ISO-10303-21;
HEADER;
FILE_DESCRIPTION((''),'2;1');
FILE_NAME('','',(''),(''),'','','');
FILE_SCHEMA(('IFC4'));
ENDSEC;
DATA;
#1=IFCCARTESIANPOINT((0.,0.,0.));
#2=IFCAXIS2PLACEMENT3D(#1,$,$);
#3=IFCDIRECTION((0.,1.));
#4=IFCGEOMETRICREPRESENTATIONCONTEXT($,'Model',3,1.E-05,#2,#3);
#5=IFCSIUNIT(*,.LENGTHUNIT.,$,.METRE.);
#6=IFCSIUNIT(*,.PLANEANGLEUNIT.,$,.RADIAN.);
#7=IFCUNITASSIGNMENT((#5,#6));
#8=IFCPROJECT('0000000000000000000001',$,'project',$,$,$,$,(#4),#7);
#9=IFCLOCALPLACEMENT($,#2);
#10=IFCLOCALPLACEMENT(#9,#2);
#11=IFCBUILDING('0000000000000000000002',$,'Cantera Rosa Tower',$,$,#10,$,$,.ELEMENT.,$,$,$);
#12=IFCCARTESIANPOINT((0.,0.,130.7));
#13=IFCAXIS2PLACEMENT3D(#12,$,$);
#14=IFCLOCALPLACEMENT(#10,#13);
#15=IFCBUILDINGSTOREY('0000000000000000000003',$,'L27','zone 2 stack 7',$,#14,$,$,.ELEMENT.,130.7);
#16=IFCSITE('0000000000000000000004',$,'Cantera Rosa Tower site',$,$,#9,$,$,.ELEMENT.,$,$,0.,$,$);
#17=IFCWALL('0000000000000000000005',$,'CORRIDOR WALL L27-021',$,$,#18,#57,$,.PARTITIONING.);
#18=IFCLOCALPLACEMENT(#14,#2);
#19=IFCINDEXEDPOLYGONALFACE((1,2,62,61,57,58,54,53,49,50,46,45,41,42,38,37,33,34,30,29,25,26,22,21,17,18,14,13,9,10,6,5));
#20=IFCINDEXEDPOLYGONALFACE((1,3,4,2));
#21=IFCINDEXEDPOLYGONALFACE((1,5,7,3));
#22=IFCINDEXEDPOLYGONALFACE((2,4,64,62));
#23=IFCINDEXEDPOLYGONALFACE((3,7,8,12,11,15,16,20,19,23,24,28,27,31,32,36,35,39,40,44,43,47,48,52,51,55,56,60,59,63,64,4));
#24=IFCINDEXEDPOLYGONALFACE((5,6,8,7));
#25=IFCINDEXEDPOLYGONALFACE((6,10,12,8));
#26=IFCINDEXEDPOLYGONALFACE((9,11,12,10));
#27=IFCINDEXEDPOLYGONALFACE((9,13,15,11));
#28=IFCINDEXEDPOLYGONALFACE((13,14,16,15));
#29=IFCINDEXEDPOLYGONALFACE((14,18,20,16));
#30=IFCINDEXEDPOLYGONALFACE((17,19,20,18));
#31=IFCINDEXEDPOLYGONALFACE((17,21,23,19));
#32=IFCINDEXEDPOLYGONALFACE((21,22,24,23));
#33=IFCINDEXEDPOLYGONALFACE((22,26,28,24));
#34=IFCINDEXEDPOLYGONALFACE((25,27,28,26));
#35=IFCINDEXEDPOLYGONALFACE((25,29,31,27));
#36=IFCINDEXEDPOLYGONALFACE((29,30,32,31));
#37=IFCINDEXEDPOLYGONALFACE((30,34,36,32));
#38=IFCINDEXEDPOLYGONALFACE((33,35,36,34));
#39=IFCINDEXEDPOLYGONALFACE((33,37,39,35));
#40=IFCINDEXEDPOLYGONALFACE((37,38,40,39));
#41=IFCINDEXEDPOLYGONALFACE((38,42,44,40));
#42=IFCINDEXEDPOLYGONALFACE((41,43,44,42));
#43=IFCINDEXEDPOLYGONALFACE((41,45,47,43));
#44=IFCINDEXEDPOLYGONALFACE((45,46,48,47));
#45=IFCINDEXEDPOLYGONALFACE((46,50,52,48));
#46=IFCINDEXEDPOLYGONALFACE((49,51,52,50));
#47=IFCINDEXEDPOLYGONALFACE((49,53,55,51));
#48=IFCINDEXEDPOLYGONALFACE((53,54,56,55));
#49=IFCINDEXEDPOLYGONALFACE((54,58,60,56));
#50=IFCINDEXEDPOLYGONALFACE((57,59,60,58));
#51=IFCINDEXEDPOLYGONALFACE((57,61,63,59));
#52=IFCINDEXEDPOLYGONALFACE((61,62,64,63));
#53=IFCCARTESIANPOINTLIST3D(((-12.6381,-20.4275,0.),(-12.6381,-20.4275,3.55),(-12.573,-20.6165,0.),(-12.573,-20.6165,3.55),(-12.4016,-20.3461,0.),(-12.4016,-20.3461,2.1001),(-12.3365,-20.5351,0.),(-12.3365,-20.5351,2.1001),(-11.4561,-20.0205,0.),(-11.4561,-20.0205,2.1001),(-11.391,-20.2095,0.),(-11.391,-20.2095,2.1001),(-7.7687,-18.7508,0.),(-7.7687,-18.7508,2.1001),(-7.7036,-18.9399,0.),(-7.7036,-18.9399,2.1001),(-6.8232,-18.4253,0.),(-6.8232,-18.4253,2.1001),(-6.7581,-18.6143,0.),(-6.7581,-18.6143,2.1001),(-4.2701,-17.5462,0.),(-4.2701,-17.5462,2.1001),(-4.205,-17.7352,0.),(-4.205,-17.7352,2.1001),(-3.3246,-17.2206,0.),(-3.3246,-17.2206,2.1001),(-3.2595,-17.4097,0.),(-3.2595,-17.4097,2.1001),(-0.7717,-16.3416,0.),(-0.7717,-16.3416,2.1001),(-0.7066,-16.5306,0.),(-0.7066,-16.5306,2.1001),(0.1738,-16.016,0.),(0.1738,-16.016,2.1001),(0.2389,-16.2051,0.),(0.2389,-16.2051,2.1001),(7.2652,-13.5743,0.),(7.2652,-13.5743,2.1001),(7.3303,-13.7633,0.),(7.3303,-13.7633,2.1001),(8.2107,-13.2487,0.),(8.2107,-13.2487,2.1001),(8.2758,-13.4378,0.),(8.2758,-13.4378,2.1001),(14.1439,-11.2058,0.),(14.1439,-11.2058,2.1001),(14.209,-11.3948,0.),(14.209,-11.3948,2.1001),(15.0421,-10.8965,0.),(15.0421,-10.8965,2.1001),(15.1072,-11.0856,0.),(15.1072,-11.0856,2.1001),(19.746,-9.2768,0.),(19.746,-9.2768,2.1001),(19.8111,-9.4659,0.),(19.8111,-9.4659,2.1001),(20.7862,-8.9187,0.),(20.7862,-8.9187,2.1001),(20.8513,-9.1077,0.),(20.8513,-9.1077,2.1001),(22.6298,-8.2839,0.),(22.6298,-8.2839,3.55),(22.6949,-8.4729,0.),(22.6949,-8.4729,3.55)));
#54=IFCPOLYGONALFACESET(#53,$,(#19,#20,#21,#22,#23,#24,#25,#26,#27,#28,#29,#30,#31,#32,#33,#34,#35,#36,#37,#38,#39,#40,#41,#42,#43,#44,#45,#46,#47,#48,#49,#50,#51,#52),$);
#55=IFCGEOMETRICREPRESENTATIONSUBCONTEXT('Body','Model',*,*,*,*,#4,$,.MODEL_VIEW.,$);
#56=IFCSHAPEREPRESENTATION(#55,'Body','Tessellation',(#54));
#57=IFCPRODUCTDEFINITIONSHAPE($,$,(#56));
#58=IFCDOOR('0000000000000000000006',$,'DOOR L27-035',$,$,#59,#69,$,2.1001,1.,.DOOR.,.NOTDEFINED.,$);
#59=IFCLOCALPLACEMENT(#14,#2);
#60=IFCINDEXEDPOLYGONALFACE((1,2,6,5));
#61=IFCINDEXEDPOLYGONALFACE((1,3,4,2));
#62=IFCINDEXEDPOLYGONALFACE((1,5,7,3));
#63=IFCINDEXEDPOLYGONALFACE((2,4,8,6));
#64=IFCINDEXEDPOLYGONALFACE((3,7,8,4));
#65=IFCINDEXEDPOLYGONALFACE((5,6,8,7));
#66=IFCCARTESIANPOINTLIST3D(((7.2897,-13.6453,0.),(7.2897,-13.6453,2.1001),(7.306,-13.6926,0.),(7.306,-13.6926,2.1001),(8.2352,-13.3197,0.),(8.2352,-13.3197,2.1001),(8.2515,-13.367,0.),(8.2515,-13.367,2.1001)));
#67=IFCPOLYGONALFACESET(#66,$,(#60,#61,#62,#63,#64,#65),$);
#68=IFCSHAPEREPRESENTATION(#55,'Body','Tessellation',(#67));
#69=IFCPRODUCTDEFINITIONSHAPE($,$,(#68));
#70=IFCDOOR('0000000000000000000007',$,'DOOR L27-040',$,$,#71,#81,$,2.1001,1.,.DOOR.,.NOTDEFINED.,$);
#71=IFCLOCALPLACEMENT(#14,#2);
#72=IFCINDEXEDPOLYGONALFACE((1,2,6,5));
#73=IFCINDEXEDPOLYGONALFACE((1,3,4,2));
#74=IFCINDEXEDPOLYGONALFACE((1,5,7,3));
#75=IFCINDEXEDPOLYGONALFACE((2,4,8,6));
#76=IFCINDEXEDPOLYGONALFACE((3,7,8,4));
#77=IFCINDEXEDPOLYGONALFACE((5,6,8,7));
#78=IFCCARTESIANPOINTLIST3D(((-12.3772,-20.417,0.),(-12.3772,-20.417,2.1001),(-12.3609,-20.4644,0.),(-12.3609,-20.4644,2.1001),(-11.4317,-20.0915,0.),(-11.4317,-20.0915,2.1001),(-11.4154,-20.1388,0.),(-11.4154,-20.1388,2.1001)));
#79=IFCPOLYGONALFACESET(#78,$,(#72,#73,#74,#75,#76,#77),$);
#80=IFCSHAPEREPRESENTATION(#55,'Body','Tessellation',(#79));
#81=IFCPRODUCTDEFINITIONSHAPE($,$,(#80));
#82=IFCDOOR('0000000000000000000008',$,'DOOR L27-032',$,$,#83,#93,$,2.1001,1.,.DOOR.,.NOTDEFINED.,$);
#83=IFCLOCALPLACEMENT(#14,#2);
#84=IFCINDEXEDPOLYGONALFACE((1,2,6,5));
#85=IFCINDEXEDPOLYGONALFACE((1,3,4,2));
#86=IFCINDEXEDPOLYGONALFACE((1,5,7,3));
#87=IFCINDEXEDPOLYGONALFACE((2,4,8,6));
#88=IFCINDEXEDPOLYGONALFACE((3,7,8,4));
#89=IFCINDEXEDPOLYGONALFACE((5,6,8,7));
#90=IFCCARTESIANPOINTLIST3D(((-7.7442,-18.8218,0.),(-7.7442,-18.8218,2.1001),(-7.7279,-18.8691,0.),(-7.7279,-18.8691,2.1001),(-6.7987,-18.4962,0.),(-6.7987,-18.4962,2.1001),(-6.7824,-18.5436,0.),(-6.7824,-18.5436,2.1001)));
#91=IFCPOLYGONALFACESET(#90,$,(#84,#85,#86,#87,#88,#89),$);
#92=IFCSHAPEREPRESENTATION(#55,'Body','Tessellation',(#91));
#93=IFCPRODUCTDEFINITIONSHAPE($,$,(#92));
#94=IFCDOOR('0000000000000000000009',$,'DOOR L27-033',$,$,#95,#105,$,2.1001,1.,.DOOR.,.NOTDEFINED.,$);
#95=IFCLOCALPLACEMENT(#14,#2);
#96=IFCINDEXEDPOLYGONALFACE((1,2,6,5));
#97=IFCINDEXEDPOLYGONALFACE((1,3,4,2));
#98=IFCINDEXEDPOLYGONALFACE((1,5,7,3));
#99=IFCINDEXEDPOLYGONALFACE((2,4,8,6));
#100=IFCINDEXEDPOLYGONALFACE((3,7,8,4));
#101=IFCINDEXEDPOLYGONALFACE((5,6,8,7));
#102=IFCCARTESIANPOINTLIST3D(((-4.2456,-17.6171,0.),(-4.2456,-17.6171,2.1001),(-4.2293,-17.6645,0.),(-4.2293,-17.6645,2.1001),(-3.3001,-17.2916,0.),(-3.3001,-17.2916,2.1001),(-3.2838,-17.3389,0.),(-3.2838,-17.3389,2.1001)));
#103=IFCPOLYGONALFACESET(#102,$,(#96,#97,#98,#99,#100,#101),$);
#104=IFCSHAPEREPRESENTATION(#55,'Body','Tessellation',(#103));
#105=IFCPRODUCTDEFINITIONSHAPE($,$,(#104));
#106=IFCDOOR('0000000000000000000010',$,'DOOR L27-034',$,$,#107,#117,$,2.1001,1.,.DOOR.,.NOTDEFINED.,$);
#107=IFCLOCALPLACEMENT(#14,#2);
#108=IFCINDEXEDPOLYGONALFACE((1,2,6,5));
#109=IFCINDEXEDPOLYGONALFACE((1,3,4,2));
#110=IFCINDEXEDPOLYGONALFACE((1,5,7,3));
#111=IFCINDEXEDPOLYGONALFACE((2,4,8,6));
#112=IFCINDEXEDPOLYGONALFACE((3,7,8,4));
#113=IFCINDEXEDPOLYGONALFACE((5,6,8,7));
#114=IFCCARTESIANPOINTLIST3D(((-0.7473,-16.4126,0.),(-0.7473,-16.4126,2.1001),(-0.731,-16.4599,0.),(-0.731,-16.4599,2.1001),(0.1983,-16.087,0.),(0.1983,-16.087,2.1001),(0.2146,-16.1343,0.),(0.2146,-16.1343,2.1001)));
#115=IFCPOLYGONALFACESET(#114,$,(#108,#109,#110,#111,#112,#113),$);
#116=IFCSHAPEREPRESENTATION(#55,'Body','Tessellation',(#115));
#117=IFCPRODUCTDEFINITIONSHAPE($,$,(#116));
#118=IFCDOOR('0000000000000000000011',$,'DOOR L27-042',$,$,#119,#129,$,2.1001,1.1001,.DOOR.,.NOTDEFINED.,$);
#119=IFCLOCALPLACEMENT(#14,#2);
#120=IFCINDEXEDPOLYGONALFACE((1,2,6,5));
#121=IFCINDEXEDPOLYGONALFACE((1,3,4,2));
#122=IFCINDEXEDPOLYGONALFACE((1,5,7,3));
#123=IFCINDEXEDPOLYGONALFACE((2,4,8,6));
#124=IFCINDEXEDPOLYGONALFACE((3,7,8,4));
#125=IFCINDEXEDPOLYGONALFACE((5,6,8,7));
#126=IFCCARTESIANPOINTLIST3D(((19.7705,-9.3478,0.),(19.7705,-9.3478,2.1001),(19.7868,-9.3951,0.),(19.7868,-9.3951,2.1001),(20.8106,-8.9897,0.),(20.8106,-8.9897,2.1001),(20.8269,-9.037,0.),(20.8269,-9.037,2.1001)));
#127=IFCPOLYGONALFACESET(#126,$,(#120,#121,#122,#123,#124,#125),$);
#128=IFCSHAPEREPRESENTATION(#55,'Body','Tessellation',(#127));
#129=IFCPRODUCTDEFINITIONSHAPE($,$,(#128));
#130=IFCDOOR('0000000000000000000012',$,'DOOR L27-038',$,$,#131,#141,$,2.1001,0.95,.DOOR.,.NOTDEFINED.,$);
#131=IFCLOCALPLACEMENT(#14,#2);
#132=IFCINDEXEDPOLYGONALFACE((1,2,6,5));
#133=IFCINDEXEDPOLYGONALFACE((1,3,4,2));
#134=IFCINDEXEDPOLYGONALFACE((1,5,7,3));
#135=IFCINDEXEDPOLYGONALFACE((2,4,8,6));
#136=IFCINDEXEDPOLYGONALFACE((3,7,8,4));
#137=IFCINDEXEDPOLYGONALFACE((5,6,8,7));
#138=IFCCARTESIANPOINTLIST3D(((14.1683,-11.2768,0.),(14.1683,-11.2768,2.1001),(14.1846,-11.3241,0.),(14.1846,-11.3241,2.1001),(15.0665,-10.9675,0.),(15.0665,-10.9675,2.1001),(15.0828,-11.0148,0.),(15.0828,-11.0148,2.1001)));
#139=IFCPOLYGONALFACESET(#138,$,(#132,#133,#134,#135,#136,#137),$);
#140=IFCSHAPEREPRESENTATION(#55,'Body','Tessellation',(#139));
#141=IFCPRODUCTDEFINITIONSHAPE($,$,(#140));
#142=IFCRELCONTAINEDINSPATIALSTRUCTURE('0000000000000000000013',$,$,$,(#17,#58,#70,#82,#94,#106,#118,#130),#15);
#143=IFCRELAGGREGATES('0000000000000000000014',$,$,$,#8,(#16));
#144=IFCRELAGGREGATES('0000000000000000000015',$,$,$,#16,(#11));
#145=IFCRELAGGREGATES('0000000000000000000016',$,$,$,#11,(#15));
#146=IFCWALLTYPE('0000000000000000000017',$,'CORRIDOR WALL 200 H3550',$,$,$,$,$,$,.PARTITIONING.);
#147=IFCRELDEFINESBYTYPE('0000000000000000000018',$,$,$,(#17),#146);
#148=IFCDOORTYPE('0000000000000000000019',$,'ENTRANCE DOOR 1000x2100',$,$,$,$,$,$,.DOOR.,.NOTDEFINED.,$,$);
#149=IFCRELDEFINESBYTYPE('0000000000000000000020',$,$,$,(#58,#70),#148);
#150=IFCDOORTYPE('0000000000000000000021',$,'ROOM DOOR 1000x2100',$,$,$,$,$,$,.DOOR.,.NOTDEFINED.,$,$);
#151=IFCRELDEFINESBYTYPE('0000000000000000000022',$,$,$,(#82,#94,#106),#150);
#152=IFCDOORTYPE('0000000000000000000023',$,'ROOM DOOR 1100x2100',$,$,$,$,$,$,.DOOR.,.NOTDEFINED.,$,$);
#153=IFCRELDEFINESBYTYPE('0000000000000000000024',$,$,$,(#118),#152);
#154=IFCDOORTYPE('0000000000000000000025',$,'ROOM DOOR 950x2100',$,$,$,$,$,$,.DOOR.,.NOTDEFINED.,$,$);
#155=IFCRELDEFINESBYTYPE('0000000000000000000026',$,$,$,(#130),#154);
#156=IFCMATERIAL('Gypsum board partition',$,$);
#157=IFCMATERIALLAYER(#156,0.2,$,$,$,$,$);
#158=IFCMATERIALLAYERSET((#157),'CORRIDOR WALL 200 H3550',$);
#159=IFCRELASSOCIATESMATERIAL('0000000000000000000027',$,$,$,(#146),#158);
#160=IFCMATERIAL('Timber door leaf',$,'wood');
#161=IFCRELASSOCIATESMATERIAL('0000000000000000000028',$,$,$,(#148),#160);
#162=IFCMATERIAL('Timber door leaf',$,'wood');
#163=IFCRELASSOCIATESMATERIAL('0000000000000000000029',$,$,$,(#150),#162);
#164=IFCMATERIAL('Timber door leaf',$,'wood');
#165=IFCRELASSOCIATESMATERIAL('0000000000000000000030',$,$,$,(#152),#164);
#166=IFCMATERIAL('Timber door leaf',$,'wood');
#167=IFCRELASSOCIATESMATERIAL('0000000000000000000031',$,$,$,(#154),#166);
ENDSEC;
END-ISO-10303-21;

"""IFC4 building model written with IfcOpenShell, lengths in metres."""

from ifc_helpers import new_model, si_unit, direction, frame, frame_2d, origin, place, context, subcontext, project, spatial, rectangle, extrude, material, layer, layer_set, type_object, element, fill, save


model = new_model("IFC4")

# Units and contexts
model_context = context("Model", 3, precision=1e-05, world=origin(), true_north=direction((0.0, 1.0)))
body_context = subcontext(model_context, "Body", "Model", "MODEL_VIEW")
ifc_project = project(units=[si_unit("LENGTHUNIT", "METRE"), si_unit("PLANEANGLEUNIT", "RADIAN")], contexts=[model_context])

# Site, building, storey
site_placement = place(None, origin())
site = spatial("IfcSite", under=ifc_project, at=site_placement, Name="Cantera Rosa Tower site", CompositionType="ELEMENT", RefElevation=0.0)
building_placement = place(site_placement, origin())
building = spatial("IfcBuilding", under=site, at=building_placement, Name="Cantera Rosa Tower", CompositionType="ELEMENT")
storey_placement = place(building_placement, frame((0.0, 0.0, 130.7)))
storey = spatial("IfcBuildingStorey", under=building, at=storey_placement, Name="L27", Description="zone 2 stack 7", CompositionType="ELEMENT", Elevation=130.7)

# Wall, openings, doors
ifc_material_1 = material(Name="Gypsum board partition")
ifc_layer_1 = layer(ifc_material_1, 0.2)
ifc_layer_set_1 = layer_set([ifc_layer_1], Name="CORRIDOR WALL 200 H3550")
wall_type_1 = type_object("IfcWallType", Name="CORRIDOR WALL 200 H3550", PredefinedType="PARTITIONING", material=ifc_layer_set_1)
wall_1_placement = place(storey_placement, frame((-12.6055, -20.522, 0.0), z_axis=(0.0, 0.0, 1.0), x_axis=(0.94552, 0.325565, 0.0)))
wall_1 = element("IfcWall", 1, at=wall_1_placement, inside=storey, type_object=wall_type_1, Name="CORRIDOR WALL L27-021", PredefinedType="PARTITIONING", context=body_context, shape_type="SweptSolid", body=[
    extrude(rectangle(XDim=37.3, YDim=0.2, at=frame_2d((18.6499, 0.0))), origin(), (0.0, 0.0, 1.0), 3.55),
])
opening_1_placement = place(wall_1_placement, frame((5.1499, 0.0, 0.0)))
opening_1 = element("IfcOpeningElement", 2, at=opening_1_placement, cuts=wall_1, PredefinedType="OPENING", context=body_context, shape_type="SweptSolid", body=[
    extrude(rectangle(XDim=1.0, YDim=2.1001, at=frame_2d((0.5, 1.05))), frame((0.0, 0.1099, 0.0), z_axis=(0.0, -1.0, 0.0), x_axis=(1.0, 0.0, 0.0)), (0.0, 0.0, 1.0), 0.22),
])
opening_2_placement = place(wall_1_placement, frame((8.8501, 0.0, 0.0)))
opening_2 = element("IfcOpeningElement", 3, at=opening_2_placement, cuts=wall_1, PredefinedType="OPENING", context=body_context, shape_type="SweptSolid", body=[
    extrude(rectangle(XDim=1.0, YDim=2.1001, at=frame_2d((0.5, 1.05))), frame((0.0, 0.1099, 0.0), z_axis=(0.0, -1.0, 0.0), x_axis=(1.0, 0.0, 0.0)), (0.0, 0.0, 1.0), 0.22),
])
opening_3_placement = place(wall_1_placement, frame((12.55, 0.0, 0.0)))
opening_3 = element("IfcOpeningElement", 4, at=opening_3_placement, cuts=wall_1, PredefinedType="OPENING", context=body_context, shape_type="SweptSolid", body=[
    extrude(rectangle(XDim=1.0, YDim=2.1001, at=frame_2d((0.5, 1.05))), frame((0.0, 0.1099, 0.0), z_axis=(0.0, -1.0, 0.0), x_axis=(1.0, 0.0, 0.0)), (0.0, 0.0, 1.0), 0.22),
])
opening_4_placement = place(wall_1_placement, frame((21.05, 0.0, 0.0)))
opening_4 = element("IfcOpeningElement", 5, at=opening_4_placement, cuts=wall_1, PredefinedType="OPENING", context=body_context, shape_type="SweptSolid", body=[
    extrude(rectangle(XDim=1.0, YDim=2.1001, at=frame_2d((0.5, 1.05))), frame((0.0, 0.1099, 0.0), z_axis=(0.0, -1.0, 0.0), x_axis=(1.0, 0.0, 0.0)), (0.0, 0.0, 1.0), 0.22),
])
opening_5_placement = place(wall_1_placement, frame((28.325, 0.0, 0.0)))
opening_5 = element("IfcOpeningElement", 6, at=opening_5_placement, cuts=wall_1, PredefinedType="OPENING", context=body_context, shape_type="SweptSolid", body=[
    extrude(rectangle(XDim=0.95, YDim=2.1001, at=frame_2d((0.4751, 1.05))), frame((0.0, 0.1099, 0.0), z_axis=(0.0, -1.0, 0.0), x_axis=(1.0, 0.0, 0.0)), (0.0, 0.0, 1.0), 0.22),
])
opening_6_placement = place(wall_1_placement, frame((0.25, 0.0, 0.0)))
opening_6 = element("IfcOpeningElement", 7, at=opening_6_placement, cuts=wall_1, PredefinedType="OPENING", context=body_context, shape_type="SweptSolid", body=[
    extrude(rectangle(XDim=1.0, YDim=2.1001, at=frame_2d((0.5, 1.05))), frame((0.0, 0.1099, 0.0), z_axis=(0.0, -1.0, 0.0), x_axis=(1.0, 0.0, 0.0)), (0.0, 0.0, 1.0), 0.22),
])
opening_7_placement = place(wall_1_placement, frame((34.25, 0.0, 0.0)))
opening_7 = element("IfcOpeningElement", 8, at=opening_7_placement, cuts=wall_1, PredefinedType="OPENING", context=body_context, shape_type="SweptSolid", body=[
    extrude(rectangle(XDim=1.1001, YDim=2.1001, at=frame_2d((0.55, 1.05))), frame((0.0, 0.1099, 0.0), z_axis=(0.0, -1.0, 0.0), x_axis=(1.0, 0.0, 0.0)), (0.0, 0.0, 1.0), 0.22),
])
ifc_material_2 = material(Name="Timber door leaf", Category="wood")
door_type_1 = type_object("IfcDoorType", Name="ENTRANCE DOOR 1000x2100", OperationType="NOTDEFINED", PredefinedType="DOOR", material=ifc_material_2)
door_1_placement = place(opening_4_placement, origin())
door_1 = element("IfcDoor", 9, at=door_1_placement, inside=storey, type_object=door_type_1, Name="DOOR L27-035", OperationType="NOTDEFINED", OverallHeight=2.1001, OverallWidth=1.0, PredefinedType="DOOR", context=body_context, shape_type="SweptSolid", body=[
    extrude(rectangle(XDim=1.0, YDim=2.1001, at=frame_2d((0.5, 1.05))), frame((0.0, 0.0249, 0.0), z_axis=(0.0, -1.0, 0.0), x_axis=(1.0, 0.0, 0.0)), (0.0, 0.0, 1.0), 0.05),
])
fill(opening_4, door_1)
door_2_placement = place(opening_6_placement, origin())
door_2 = element("IfcDoor", 10, at=door_2_placement, inside=storey, type_object=door_type_1, Name="DOOR L27-040", OperationType="NOTDEFINED", OverallHeight=2.1001, OverallWidth=1.0, PredefinedType="DOOR", context=body_context, shape_type="SweptSolid", body=[
    extrude(rectangle(XDim=1.0, YDim=2.1001, at=frame_2d((0.5, 1.05))), frame((0.0, 0.0249, 0.0), z_axis=(0.0, -1.0, 0.0), x_axis=(1.0, 0.0, 0.0)), (0.0, 0.0, 1.0), 0.05),
])
fill(opening_6, door_2)
ifc_material_3 = material(Name="Timber door leaf", Category="wood")
door_type_2 = type_object("IfcDoorType", Name="ROOM DOOR 1000x2100", OperationType="NOTDEFINED", PredefinedType="DOOR", material=ifc_material_3)
door_3_placement = place(opening_1_placement, origin())
door_3 = element("IfcDoor", 11, at=door_3_placement, inside=storey, type_object=door_type_2, Name="DOOR L27-032", OperationType="NOTDEFINED", OverallHeight=2.1001, OverallWidth=1.0, PredefinedType="DOOR", context=body_context, shape_type="SweptSolid", body=[
    extrude(rectangle(XDim=1.0, YDim=2.1001, at=frame_2d((0.5, 1.05))), frame((0.0, 0.0249, 0.0), z_axis=(0.0, -1.0, 0.0), x_axis=(1.0, 0.0, 0.0)), (0.0, 0.0, 1.0), 0.05),
])
fill(opening_1, door_3)
door_4_placement = place(opening_2_placement, origin())
door_4 = element("IfcDoor", 12, at=door_4_placement, inside=storey, type_object=door_type_2, Name="DOOR L27-033", OperationType="NOTDEFINED", OverallHeight=2.1001, OverallWidth=1.0, PredefinedType="DOOR", context=body_context, shape_type="SweptSolid", body=[
    extrude(rectangle(XDim=1.0, YDim=2.1001, at=frame_2d((0.5, 1.05))), frame((0.0, 0.0249, 0.0), z_axis=(0.0, -1.0, 0.0), x_axis=(1.0, 0.0, 0.0)), (0.0, 0.0, 1.0), 0.05),
])
fill(opening_2, door_4)
door_5_placement = place(opening_3_placement, origin())
door_5 = element("IfcDoor", 13, at=door_5_placement, inside=storey, type_object=door_type_2, Name="DOOR L27-034", OperationType="NOTDEFINED", OverallHeight=2.1001, OverallWidth=1.0, PredefinedType="DOOR", context=body_context, shape_type="SweptSolid", body=[
    extrude(rectangle(XDim=1.0, YDim=2.1001, at=frame_2d((0.5, 1.05))), frame((0.0, 0.0249, 0.0), z_axis=(0.0, -1.0, 0.0), x_axis=(1.0, 0.0, 0.0)), (0.0, 0.0, 1.0), 0.05),
])
fill(opening_3, door_5)
ifc_material_4 = material(Name="Timber door leaf", Category="wood")
door_type_3 = type_object("IfcDoorType", Name="ROOM DOOR 1100x2100", OperationType="NOTDEFINED", PredefinedType="DOOR", material=ifc_material_4)
door_6_placement = place(opening_7_placement, origin())
door_6 = element("IfcDoor", 14, at=door_6_placement, inside=storey, type_object=door_type_3, Name="DOOR L27-042", OperationType="NOTDEFINED", OverallHeight=2.1001, OverallWidth=1.1001, PredefinedType="DOOR", context=body_context, shape_type="SweptSolid", body=[
    extrude(rectangle(XDim=1.1001, YDim=2.1001, at=frame_2d((0.55, 1.05))), frame((0.0, 0.0249, 0.0), z_axis=(0.0, -1.0, 0.0), x_axis=(1.0, 0.0, 0.0)), (0.0, 0.0, 1.0), 0.05),
])
fill(opening_7, door_6)
ifc_material_5 = material(Name="Timber door leaf", Category="wood")
door_type_4 = type_object("IfcDoorType", Name="ROOM DOOR 950x2100", OperationType="NOTDEFINED", PredefinedType="DOOR", material=ifc_material_5)
door_7_placement = place(opening_5_placement, origin())
door_7 = element("IfcDoor", 15, at=door_7_placement, inside=storey, type_object=door_type_4, Name="DOOR L27-038", OperationType="NOTDEFINED", OverallHeight=2.1001, OverallWidth=0.95, PredefinedType="DOOR", context=body_context, shape_type="SweptSolid", body=[
    extrude(rectangle(XDim=0.95, YDim=2.1001, at=frame_2d((0.4751, 1.05))), frame((0.0, 0.0249, 0.0), z_axis=(0.0, -1.0, 0.0), x_axis=(1.0, 0.0, 0.0)), (0.0, 0.0, 1.0), 0.05),
])
fill(opening_5, door_7)

save(model, "model.ifc")
